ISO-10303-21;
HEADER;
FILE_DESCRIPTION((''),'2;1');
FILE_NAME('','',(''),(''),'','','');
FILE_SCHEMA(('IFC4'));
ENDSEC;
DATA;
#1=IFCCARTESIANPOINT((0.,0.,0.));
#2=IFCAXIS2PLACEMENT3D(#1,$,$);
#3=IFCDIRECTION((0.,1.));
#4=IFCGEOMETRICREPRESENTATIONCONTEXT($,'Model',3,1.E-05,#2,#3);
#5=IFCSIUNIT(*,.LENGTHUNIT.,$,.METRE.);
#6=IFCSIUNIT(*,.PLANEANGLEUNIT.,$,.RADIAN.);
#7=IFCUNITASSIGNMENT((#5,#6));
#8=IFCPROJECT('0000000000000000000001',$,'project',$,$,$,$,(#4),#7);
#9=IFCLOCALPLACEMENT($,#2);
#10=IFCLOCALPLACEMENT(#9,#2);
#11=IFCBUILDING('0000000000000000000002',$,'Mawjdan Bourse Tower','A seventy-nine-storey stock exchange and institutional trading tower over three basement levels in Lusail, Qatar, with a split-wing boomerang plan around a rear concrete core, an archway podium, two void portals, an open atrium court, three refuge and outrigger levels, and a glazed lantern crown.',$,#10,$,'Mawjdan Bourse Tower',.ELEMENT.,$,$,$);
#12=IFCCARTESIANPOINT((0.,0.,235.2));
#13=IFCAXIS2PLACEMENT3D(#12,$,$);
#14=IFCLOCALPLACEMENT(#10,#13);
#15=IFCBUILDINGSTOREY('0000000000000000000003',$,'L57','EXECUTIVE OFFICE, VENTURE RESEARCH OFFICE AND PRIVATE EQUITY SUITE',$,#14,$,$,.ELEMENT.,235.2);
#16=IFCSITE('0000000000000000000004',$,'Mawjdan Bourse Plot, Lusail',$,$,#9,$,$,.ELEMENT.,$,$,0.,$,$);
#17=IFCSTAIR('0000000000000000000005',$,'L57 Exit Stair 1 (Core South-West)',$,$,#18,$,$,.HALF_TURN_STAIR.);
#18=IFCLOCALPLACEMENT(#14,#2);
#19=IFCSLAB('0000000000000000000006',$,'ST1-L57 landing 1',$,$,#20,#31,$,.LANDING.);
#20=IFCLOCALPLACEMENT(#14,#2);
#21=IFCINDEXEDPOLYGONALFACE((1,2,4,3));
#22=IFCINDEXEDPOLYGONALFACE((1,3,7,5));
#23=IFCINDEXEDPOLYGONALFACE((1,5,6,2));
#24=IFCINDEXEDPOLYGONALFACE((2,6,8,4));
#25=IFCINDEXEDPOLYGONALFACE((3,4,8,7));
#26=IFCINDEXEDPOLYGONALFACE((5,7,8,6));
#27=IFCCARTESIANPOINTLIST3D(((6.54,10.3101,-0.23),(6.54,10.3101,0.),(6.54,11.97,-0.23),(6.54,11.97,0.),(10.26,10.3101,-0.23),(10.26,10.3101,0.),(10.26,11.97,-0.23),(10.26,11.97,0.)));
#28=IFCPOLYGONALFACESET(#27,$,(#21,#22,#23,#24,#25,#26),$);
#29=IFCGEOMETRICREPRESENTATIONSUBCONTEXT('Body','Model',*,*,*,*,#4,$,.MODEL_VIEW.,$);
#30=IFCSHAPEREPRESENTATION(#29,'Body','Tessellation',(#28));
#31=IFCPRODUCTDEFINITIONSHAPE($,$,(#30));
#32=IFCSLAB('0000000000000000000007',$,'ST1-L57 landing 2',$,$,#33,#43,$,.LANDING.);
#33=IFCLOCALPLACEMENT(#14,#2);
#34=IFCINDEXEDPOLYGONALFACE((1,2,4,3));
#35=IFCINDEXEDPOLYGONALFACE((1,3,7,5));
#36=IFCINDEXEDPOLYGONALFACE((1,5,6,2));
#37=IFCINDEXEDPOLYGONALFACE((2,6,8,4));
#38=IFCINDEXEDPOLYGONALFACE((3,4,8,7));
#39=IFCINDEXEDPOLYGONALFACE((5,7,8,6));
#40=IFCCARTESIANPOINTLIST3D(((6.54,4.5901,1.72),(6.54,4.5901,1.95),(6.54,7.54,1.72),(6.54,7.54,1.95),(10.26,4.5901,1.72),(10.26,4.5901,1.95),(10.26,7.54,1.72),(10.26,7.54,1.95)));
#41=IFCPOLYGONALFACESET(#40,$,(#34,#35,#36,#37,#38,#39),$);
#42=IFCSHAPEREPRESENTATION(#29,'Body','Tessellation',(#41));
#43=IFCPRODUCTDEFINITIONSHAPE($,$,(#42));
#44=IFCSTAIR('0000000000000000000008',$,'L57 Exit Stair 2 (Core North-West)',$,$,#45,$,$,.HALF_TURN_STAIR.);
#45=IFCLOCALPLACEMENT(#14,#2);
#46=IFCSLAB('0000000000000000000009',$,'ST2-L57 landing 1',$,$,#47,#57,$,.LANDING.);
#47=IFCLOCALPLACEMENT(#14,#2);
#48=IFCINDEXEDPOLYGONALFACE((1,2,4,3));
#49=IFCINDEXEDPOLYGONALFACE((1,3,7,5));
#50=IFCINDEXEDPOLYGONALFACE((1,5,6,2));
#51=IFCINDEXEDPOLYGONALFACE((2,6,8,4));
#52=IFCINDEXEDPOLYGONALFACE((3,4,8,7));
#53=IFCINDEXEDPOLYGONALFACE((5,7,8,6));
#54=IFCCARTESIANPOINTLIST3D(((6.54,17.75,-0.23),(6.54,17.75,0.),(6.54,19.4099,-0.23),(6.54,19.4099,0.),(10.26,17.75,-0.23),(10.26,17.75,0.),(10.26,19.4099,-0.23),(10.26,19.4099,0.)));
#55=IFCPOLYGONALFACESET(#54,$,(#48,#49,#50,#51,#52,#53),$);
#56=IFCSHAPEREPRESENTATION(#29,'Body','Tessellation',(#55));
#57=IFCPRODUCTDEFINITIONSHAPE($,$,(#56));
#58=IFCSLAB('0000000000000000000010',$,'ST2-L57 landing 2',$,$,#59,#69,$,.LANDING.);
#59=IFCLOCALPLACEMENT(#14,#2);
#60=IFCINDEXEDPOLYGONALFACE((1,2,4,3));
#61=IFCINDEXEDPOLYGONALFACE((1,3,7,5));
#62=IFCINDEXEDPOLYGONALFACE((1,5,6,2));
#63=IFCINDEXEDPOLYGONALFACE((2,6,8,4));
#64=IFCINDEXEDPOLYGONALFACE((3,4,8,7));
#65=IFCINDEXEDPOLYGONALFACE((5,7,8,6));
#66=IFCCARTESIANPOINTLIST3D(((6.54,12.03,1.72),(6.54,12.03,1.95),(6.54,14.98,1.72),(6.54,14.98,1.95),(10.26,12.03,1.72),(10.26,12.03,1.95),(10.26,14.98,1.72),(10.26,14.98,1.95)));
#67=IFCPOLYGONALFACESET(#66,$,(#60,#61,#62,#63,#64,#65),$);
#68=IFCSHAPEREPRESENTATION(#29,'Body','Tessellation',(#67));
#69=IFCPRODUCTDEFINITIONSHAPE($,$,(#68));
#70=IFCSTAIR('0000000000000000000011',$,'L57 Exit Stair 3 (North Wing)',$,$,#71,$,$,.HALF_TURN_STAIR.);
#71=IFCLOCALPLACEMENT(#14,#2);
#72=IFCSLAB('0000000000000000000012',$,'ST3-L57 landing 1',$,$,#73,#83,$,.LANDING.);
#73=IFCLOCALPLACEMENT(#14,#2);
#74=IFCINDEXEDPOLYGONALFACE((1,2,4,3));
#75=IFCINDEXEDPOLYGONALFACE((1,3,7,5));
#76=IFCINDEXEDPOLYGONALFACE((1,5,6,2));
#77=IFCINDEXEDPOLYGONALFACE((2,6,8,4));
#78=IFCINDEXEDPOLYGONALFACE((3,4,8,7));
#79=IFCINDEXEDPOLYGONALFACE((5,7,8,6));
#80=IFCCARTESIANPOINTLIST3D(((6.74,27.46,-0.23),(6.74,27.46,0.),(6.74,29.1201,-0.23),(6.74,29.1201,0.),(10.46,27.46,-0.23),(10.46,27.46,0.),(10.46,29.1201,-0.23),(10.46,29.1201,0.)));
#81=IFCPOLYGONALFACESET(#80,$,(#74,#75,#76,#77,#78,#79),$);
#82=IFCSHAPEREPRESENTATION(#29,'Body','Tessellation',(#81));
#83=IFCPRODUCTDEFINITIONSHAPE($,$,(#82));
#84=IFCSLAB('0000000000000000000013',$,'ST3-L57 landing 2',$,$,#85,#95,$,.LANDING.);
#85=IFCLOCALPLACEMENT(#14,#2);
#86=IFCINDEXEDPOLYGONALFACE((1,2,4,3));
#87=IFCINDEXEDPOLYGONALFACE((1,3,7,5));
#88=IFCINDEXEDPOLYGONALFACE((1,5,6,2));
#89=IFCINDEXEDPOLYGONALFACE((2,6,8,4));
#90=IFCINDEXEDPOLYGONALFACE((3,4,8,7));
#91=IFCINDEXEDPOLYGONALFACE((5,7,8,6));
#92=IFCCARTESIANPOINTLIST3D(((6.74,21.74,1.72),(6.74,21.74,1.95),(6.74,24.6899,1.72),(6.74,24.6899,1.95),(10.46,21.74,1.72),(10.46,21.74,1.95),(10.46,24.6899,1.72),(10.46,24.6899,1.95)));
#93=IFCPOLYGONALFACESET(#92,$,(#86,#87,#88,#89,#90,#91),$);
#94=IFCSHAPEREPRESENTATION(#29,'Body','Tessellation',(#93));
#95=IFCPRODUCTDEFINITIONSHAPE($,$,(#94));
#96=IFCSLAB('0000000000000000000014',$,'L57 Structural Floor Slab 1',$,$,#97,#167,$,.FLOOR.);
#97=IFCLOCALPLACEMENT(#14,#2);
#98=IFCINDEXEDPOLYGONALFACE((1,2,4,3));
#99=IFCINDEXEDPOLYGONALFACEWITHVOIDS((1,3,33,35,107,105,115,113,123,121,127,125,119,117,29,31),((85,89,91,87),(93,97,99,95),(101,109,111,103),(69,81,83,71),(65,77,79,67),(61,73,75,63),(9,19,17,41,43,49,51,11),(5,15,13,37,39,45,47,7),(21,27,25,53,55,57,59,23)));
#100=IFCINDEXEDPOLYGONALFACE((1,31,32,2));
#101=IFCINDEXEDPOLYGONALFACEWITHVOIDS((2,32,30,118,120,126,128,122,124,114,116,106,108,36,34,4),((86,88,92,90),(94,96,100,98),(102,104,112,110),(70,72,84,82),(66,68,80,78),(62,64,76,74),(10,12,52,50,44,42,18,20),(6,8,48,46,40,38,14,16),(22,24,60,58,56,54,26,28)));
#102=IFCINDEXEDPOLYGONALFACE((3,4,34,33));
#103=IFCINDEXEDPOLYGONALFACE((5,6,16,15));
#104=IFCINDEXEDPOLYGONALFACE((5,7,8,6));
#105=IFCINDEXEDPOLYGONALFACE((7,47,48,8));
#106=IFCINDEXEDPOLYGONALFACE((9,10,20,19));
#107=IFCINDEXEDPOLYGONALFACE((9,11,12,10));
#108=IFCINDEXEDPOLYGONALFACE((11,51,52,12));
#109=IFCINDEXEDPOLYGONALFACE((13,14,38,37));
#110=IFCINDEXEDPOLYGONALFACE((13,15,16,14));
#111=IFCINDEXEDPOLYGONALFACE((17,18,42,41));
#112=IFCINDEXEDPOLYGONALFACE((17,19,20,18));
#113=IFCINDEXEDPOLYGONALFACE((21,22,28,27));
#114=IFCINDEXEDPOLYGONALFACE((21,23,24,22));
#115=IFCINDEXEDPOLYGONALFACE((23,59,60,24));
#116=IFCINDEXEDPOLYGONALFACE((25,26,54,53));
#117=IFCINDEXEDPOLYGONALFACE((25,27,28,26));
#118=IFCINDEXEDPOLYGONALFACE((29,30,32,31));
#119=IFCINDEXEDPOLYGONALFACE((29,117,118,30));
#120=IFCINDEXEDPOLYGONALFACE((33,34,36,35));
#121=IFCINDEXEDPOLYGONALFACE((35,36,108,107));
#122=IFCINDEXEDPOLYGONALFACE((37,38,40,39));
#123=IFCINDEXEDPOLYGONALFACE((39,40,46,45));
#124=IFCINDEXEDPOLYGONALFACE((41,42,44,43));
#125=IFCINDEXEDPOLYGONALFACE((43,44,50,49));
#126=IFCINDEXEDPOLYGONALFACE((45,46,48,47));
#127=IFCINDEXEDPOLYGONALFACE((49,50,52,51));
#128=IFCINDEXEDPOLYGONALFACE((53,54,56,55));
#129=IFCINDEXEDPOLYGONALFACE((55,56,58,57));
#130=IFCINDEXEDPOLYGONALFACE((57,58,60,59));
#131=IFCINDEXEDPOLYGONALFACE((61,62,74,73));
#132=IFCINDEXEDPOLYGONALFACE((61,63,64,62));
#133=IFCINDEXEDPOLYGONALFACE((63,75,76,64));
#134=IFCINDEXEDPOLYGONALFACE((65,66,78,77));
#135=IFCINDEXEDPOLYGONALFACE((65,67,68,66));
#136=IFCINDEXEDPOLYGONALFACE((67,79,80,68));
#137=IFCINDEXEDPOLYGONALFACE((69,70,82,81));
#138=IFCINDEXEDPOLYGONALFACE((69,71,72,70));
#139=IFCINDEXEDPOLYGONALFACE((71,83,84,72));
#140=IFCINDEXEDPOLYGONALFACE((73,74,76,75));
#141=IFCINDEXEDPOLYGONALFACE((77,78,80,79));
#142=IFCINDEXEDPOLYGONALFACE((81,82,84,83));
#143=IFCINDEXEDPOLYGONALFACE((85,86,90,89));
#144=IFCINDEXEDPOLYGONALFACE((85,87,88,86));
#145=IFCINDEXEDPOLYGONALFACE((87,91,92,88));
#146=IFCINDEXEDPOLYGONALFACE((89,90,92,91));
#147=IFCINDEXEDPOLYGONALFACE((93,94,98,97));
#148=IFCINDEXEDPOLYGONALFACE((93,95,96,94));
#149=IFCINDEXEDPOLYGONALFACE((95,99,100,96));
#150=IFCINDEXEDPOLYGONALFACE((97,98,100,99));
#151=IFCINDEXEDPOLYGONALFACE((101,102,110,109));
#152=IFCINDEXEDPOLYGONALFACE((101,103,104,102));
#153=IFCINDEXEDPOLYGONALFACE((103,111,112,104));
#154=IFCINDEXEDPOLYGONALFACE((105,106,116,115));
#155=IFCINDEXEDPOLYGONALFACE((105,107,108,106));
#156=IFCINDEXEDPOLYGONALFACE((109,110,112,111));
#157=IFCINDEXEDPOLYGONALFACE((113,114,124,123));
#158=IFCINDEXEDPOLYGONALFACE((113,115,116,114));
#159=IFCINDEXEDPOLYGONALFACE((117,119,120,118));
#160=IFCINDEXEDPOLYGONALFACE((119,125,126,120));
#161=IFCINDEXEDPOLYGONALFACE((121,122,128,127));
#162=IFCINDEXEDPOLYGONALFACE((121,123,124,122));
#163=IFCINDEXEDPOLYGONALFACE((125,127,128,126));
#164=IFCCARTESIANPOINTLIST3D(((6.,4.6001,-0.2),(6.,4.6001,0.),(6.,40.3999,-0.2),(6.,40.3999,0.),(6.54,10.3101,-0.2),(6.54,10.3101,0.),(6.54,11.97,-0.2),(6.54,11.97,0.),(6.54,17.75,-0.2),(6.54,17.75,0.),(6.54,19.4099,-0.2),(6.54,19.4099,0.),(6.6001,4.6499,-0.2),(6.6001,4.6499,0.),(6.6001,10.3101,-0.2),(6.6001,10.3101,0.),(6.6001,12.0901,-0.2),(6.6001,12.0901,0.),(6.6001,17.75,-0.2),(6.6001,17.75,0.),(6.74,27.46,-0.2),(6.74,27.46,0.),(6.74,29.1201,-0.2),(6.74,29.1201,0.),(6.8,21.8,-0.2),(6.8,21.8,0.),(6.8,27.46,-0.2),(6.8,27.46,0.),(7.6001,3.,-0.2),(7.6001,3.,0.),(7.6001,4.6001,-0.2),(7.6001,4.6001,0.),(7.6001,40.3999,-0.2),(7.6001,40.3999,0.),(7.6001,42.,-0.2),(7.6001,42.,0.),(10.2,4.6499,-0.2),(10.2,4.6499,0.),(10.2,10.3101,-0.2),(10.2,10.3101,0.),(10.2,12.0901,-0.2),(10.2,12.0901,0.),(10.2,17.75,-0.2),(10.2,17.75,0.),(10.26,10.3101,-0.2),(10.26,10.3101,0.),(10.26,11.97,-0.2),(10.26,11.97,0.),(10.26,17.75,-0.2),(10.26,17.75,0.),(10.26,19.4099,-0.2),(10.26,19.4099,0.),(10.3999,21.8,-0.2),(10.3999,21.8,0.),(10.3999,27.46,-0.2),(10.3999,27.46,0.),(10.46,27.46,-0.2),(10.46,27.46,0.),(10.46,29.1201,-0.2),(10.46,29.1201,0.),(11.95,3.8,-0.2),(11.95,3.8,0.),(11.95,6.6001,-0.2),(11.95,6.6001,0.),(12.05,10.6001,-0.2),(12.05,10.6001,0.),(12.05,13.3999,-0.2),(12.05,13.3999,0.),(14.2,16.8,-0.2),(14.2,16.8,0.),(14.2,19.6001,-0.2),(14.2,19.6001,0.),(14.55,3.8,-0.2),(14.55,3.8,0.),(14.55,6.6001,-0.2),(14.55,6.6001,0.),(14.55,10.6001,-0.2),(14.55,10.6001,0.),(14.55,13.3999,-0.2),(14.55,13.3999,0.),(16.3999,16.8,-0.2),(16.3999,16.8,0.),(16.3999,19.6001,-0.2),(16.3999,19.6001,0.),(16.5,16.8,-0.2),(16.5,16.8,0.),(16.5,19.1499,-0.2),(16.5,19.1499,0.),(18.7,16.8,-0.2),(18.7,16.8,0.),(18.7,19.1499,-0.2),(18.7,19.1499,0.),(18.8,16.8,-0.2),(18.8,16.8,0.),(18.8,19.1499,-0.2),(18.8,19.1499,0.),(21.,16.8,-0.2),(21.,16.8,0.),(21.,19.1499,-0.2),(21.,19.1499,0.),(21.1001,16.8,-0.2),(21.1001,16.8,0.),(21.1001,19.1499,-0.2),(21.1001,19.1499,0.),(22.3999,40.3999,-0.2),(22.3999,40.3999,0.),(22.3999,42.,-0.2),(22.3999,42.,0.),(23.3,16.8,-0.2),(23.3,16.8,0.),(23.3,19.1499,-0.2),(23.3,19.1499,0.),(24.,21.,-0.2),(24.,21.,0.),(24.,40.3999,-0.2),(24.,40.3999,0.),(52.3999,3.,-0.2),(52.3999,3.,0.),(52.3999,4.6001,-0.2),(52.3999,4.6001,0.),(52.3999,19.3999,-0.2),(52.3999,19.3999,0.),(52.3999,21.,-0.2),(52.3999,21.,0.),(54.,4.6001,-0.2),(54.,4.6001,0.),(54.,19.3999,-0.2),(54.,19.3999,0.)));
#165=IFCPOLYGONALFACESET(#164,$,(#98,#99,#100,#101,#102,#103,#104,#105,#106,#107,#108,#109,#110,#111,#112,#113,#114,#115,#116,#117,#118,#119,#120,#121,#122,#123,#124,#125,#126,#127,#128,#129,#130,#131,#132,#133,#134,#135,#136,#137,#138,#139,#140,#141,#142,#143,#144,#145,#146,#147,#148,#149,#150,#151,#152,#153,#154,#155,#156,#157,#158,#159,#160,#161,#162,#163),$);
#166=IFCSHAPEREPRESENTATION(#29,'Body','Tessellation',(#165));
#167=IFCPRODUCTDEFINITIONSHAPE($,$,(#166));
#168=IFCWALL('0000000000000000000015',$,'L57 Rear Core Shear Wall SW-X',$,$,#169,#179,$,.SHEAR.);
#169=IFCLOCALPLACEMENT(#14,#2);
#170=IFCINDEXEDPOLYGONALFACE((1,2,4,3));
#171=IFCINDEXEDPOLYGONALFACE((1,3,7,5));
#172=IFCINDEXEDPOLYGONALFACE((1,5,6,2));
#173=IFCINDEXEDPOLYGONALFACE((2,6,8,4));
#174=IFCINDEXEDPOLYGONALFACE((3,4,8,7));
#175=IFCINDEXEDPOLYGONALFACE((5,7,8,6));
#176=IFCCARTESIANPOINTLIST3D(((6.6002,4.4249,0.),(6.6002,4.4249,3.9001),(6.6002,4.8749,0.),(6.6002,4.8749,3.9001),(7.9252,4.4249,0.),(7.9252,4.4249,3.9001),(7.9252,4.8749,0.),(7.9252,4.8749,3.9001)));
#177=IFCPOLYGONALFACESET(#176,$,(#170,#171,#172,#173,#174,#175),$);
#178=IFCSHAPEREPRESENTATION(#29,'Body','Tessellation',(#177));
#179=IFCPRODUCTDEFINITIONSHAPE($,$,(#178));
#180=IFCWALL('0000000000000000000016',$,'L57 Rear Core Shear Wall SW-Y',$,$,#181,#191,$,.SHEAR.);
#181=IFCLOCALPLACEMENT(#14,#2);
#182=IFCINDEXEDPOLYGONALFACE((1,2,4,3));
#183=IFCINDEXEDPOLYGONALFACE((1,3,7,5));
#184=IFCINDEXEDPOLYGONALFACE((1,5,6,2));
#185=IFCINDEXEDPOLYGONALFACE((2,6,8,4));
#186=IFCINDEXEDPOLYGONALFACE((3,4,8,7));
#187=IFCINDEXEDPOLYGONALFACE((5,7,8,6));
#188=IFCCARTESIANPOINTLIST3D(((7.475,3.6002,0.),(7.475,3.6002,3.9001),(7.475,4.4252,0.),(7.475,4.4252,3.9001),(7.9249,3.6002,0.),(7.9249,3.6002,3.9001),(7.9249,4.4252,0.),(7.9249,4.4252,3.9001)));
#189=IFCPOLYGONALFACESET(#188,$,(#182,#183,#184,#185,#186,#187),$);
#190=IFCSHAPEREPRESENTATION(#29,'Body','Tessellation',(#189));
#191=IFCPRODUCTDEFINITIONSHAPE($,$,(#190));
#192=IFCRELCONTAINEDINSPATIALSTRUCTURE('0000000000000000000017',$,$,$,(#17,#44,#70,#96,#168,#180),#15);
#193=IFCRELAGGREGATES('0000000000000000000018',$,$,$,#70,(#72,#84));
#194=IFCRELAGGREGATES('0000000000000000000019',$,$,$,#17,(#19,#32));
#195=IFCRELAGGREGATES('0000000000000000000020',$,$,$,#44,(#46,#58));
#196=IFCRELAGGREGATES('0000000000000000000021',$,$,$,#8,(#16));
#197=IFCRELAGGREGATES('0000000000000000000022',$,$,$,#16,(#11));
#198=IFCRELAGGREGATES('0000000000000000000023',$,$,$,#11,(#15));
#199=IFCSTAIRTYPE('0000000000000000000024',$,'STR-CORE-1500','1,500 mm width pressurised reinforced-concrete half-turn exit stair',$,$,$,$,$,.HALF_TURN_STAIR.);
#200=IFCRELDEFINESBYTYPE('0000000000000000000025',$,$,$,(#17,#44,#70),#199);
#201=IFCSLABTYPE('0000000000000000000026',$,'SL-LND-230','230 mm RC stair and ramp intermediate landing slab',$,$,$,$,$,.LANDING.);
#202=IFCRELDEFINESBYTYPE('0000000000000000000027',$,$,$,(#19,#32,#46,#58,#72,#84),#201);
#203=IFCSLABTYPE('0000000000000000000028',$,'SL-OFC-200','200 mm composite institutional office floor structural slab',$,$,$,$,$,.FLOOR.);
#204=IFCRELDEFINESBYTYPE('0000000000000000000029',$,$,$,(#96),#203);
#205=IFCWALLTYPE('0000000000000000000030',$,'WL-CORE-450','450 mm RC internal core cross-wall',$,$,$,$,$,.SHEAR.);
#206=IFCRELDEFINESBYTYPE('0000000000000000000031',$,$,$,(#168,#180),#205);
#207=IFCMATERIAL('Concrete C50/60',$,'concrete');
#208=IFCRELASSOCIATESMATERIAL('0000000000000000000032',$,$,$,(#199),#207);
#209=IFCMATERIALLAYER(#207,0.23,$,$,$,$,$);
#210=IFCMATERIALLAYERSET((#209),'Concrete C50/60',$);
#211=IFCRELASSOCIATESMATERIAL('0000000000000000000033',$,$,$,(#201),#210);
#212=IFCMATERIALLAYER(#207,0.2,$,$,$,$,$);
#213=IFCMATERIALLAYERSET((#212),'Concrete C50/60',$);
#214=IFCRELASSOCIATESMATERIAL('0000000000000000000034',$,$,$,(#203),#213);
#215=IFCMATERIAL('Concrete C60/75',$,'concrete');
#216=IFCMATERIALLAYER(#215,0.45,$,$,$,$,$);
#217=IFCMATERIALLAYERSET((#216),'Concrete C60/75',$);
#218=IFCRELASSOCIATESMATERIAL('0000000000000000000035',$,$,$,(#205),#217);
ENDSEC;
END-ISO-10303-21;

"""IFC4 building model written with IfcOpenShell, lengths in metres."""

from ifc_helpers import new_model, si_unit, direction, frame, frame_2d, origin, place, context, subcontext, project, spatial, polyline, rectangle, outline, extrude, material, layer, layer_set, type_object, element, aggregate, save


model = new_model("IFC4")

# Units and contexts
model_context = context("Model", 3, precision=1e-05, world=origin(), true_north=direction((0.0, 1.0)))
body_context = subcontext(model_context, "Body", "Model", "MODEL_VIEW")
ifc_project = project(units=[si_unit("LENGTHUNIT", "METRE"), si_unit("PLANEANGLEUNIT", "RADIAN")], contexts=[model_context])

# Site, building, storey
site_placement = place(None, origin())
site = spatial("IfcSite", under=ifc_project, at=site_placement, Name="Mawjdan Bourse Plot, Lusail", CompositionType="ELEMENT", RefElevation=0.0)
building_placement = place(site_placement, origin())
building = spatial("IfcBuilding", under=site, at=building_placement, Name="Mawjdan Bourse Tower", Description="A seventy-nine-storey stock exchange and institutional trading tower over three basement levels in Lusail, Qatar, with a split-wing boomerang plan around a rear concrete core, an archway podium, two void portals, an open atrium court, three refuge and outrigger levels, and a glazed lantern crown.", LongName="Mawjdan Bourse Tower", CompositionType="ELEMENT")
storey_placement = place(building_placement, frame((0.0, 0.0, 235.2)))
storey = spatial("IfcBuildingStorey", under=building, at=storey_placement, Name="L57", Description="EXECUTIVE OFFICE, VENTURE RESEARCH OFFICE AND PRIVATE EQUITY SUITE", CompositionType="ELEMENT", Elevation=235.2)

# Stairs, slabs
ifc_material_1 = material(Name="Concrete C50/60", Category="concrete")
stair_type = type_object("IfcStairType", Name="STR-CORE-1500", Description="1,500 mm width pressurised reinforced-concrete half-turn exit stair", PredefinedType="HALF_TURN_STAIR", material=ifc_material_1)
stair_1_placement = place(storey_placement, origin())
stair_1 = element("IfcStair", 1, at=stair_1_placement, inside=storey, type_object=stair_type, Name="L57 Exit Stair 1 (Core South-West)", PredefinedType="HALF_TURN_STAIR")
ifc_layer_1 = layer(ifc_material_1, 0.23)
ifc_layer_set_1 = layer_set([ifc_layer_1], Name="Concrete C50/60")
slab_type_1 = type_object("IfcSlabType", Name="SL-LND-230", Description="230 mm RC stair and ramp intermediate landing slab", PredefinedType="LANDING", material=ifc_layer_set_1)
slab_1_placement = place(storey_placement, frame((0.0, 0.0, -0.23)))
slab_1 = element("IfcSlab", 2, at=slab_1_placement, type_object=slab_type_1, Name="ST1-L57 landing 1", PredefinedType="LANDING", context=body_context, shape_type="SweptSolid", body=[
    extrude(outline(polyline([(6.54, 10.3101), (10.26, 10.3101), (10.26, 11.97), (6.54, 11.97), (6.54, 10.3101)])), origin(), (0.0, 0.0, 1.0), 0.23),
])
slab_2_placement = place(storey_placement, frame((0.0, 0.0, 1.72)))
slab_2 = element("IfcSlab", 3, at=slab_2_placement, type_object=slab_type_1, Name="ST1-L57 landing 2", PredefinedType="LANDING", context=body_context, shape_type="SweptSolid", body=[
    extrude(outline(polyline([(6.54, 4.5901), (10.26, 4.5901), (10.26, 7.54), (6.54, 7.54), (6.54, 4.5901)])), origin(), (0.0, 0.0, 1.0), 0.23),
])
stair_2_placement = place(storey_placement, origin())
stair_2 = element("IfcStair", 4, at=stair_2_placement, inside=storey, type_object=stair_type, Name="L57 Exit Stair 2 (Core North-West)", PredefinedType="HALF_TURN_STAIR")
slab_3_placement = place(storey_placement, frame((0.0, 0.0, -0.23)))
slab_3 = element("IfcSlab", 5, at=slab_3_placement, type_object=slab_type_1, Name="ST2-L57 landing 1", PredefinedType="LANDING", context=body_context, shape_type="SweptSolid", body=[
    extrude(outline(polyline([(6.54, 17.75), (10.26, 17.75), (10.26, 19.4099), (6.54, 19.4099), (6.54, 17.75)])), origin(), (0.0, 0.0, 1.0), 0.23),
])
slab_4_placement = place(storey_placement, frame((0.0, 0.0, 1.72)))
slab_4 = element("IfcSlab", 6, at=slab_4_placement, type_object=slab_type_1, Name="ST2-L57 landing 2", PredefinedType="LANDING", context=body_context, shape_type="SweptSolid", body=[
    extrude(outline(polyline([(6.54, 12.03), (10.26, 12.03), (10.26, 14.98), (6.54, 14.98), (6.54, 12.03)])), origin(), (0.0, 0.0, 1.0), 0.23),
])
stair_3_placement = place(storey_placement, origin())
stair_3 = element("IfcStair", 7, at=stair_3_placement, inside=storey, type_object=stair_type, Name="L57 Exit Stair 3 (North Wing)", PredefinedType="HALF_TURN_STAIR")
slab_5_placement = place(storey_placement, frame((0.0, 0.0, -0.23)))
slab_5 = element("IfcSlab", 8, at=slab_5_placement, type_object=slab_type_1, Name="ST3-L57 landing 1", PredefinedType="LANDING", context=body_context, shape_type="SweptSolid", body=[
    extrude(outline(polyline([(6.74, 27.46), (10.46, 27.46), (10.46, 29.1201), (6.74, 29.1201), (6.74, 27.46)])), origin(), (0.0, 0.0, 1.0), 0.23),
])
slab_6_placement = place(storey_placement, frame((0.0, 0.0, 1.72)))
slab_6 = element("IfcSlab", 9, at=slab_6_placement, type_object=slab_type_1, Name="ST3-L57 landing 2", PredefinedType="LANDING", context=body_context, shape_type="SweptSolid", body=[
    extrude(outline(polyline([(6.74, 21.74), (10.46, 21.74), (10.46, 24.6899), (6.74, 24.6899), (6.74, 21.74)])), origin(), (0.0, 0.0, 1.0), 0.23),
])
aggregate(stair_3, [slab_5, slab_6])

# Slab
ifc_layer_2 = layer(ifc_material_1, 0.2)
ifc_layer_set_2 = layer_set([ifc_layer_2], Name="Concrete C50/60")
slab_type_2 = type_object("IfcSlabType", Name="SL-OFC-200", Description="200 mm composite institutional office floor structural slab", PredefinedType="FLOOR", material=ifc_layer_set_2)
slab_7_placement = place(storey_placement, frame((0.0, 0.0, -0.2)))
element("IfcSlab", 10, at=slab_7_placement, inside=storey, type_object=slab_type_2, Name="L57 Structural Floor Slab 1", PredefinedType="FLOOR", context=body_context, shape_type="SweptSolid", body=[
    extrude(outline(polyline([(7.6001, 3.0), (52.3999, 3.0), (52.3999, 4.6001), (54.0, 4.6001), (54.0, 19.3999), (52.3999, 19.3999), (52.3999, 21.0), (24.0, 21.0), (24.0, 40.3999), (22.3999, 40.3999), (22.3999, 42.0), (7.6001, 42.0), (7.6001, 40.3999), (6.0, 40.3999), (6.0, 4.6001), (7.6001, 4.6001), (7.6001, 3.0)]), holes=[polyline([(6.54, 11.97), (10.26, 11.97), (10.26, 10.3101), (10.2, 10.3101), (10.2, 4.6499), (6.6001, 4.6499), (6.6001, 10.3101), (6.54, 10.3101), (6.54, 11.97)]), polyline([(6.6001, 12.0901), (6.6001, 17.75), (6.54, 17.75), (6.54, 19.4099), (10.26, 19.4099), (10.26, 17.75), (10.2, 17.75), (10.2, 12.0901), (6.6001, 12.0901)]), polyline([(10.46, 29.1201), (10.46, 27.46), (10.3999, 27.46), (10.3999, 21.8), (6.8, 21.8), (6.8, 27.46), (6.74, 27.46), (6.74, 29.1201), (10.46, 29.1201)]), polyline([(14.55, 3.8), (11.95, 3.8), (11.95, 6.6001), (14.55, 6.6001), (14.55, 3.8)]), polyline([(12.05, 10.6001), (12.05, 13.3999), (14.55, 13.3999), (14.55, 10.6001), (12.05, 10.6001)]), polyline([(16.5, 16.8), (16.5, 19.1499), (18.7, 19.1499), (18.7, 16.8), (16.5, 16.8)]), polyline([(21.0, 16.8), (18.8, 16.8), (18.8, 19.1499), (21.0, 19.1499), (21.0, 16.8)]), polyline([(21.1001, 16.8), (21.1001, 19.1499), (23.3, 19.1499), (23.3, 16.8), (21.1001, 16.8)]), polyline([(14.2, 16.8), (14.2, 19.6001), (16.3999, 19.6001), (16.3999, 16.8), (14.2, 16.8)])]), origin(), (0.0, 0.0, 1.0), 0.2),
])

# Walls
ifc_material_2 = material(Name="Concrete C60/75", Category="concrete")
ifc_layer_3 = layer(ifc_material_2, 0.45)
ifc_layer_set_3 = layer_set([ifc_layer_3], Name="Concrete C60/75")
wall_type_1 = type_object("IfcWallType", Name="WL-CORE-450", Description="450 mm RC internal core cross-wall", PredefinedType="SHEAR", material=ifc_layer_set_3)
wall_1_placement = place(storey_placement, frame((6.6001, 4.6499, 0.0), z_axis=(0.0, 0.0, 1.0), x_axis=(1.0, 0.0, 0.0)))
element("IfcWall", 11, at=wall_1_placement, inside=storey, type_object=wall_type_1, Name="L57 Rear Core Shear Wall SW-X", PredefinedType="SHEAR", context=body_context, shape_type="SweptSolid", body=[
    extrude(rectangle(XDim=1.325, YDim=0.45, at=frame_2d((0.6626, 0.0))), origin(), (0.0, 0.0, 1.0), 3.9001),
])
wall_2_placement = place(storey_placement, frame((7.7, 3.6001, 0.0), z_axis=(0.0, 0.0, 1.0), x_axis=(0.0, 1.0, 0.0)))
element("IfcWall", 12, at=wall_2_placement, inside=storey, type_object=wall_type_1, Name="L57 Rear Core Shear Wall SW-Y", PredefinedType="SHEAR", context=body_context, shape_type="SweptSolid", body=[
    extrude(rectangle(XDim=0.825, YDim=0.45, at=frame_2d((0.4126, 0.0))), origin(), (0.0, 0.0, 1.0), 3.9001),
])

aggregate(stair_1, [slab_1, slab_2])
aggregate(stair_2, [slab_3, slab_4])

save(model, "model.ifc")
